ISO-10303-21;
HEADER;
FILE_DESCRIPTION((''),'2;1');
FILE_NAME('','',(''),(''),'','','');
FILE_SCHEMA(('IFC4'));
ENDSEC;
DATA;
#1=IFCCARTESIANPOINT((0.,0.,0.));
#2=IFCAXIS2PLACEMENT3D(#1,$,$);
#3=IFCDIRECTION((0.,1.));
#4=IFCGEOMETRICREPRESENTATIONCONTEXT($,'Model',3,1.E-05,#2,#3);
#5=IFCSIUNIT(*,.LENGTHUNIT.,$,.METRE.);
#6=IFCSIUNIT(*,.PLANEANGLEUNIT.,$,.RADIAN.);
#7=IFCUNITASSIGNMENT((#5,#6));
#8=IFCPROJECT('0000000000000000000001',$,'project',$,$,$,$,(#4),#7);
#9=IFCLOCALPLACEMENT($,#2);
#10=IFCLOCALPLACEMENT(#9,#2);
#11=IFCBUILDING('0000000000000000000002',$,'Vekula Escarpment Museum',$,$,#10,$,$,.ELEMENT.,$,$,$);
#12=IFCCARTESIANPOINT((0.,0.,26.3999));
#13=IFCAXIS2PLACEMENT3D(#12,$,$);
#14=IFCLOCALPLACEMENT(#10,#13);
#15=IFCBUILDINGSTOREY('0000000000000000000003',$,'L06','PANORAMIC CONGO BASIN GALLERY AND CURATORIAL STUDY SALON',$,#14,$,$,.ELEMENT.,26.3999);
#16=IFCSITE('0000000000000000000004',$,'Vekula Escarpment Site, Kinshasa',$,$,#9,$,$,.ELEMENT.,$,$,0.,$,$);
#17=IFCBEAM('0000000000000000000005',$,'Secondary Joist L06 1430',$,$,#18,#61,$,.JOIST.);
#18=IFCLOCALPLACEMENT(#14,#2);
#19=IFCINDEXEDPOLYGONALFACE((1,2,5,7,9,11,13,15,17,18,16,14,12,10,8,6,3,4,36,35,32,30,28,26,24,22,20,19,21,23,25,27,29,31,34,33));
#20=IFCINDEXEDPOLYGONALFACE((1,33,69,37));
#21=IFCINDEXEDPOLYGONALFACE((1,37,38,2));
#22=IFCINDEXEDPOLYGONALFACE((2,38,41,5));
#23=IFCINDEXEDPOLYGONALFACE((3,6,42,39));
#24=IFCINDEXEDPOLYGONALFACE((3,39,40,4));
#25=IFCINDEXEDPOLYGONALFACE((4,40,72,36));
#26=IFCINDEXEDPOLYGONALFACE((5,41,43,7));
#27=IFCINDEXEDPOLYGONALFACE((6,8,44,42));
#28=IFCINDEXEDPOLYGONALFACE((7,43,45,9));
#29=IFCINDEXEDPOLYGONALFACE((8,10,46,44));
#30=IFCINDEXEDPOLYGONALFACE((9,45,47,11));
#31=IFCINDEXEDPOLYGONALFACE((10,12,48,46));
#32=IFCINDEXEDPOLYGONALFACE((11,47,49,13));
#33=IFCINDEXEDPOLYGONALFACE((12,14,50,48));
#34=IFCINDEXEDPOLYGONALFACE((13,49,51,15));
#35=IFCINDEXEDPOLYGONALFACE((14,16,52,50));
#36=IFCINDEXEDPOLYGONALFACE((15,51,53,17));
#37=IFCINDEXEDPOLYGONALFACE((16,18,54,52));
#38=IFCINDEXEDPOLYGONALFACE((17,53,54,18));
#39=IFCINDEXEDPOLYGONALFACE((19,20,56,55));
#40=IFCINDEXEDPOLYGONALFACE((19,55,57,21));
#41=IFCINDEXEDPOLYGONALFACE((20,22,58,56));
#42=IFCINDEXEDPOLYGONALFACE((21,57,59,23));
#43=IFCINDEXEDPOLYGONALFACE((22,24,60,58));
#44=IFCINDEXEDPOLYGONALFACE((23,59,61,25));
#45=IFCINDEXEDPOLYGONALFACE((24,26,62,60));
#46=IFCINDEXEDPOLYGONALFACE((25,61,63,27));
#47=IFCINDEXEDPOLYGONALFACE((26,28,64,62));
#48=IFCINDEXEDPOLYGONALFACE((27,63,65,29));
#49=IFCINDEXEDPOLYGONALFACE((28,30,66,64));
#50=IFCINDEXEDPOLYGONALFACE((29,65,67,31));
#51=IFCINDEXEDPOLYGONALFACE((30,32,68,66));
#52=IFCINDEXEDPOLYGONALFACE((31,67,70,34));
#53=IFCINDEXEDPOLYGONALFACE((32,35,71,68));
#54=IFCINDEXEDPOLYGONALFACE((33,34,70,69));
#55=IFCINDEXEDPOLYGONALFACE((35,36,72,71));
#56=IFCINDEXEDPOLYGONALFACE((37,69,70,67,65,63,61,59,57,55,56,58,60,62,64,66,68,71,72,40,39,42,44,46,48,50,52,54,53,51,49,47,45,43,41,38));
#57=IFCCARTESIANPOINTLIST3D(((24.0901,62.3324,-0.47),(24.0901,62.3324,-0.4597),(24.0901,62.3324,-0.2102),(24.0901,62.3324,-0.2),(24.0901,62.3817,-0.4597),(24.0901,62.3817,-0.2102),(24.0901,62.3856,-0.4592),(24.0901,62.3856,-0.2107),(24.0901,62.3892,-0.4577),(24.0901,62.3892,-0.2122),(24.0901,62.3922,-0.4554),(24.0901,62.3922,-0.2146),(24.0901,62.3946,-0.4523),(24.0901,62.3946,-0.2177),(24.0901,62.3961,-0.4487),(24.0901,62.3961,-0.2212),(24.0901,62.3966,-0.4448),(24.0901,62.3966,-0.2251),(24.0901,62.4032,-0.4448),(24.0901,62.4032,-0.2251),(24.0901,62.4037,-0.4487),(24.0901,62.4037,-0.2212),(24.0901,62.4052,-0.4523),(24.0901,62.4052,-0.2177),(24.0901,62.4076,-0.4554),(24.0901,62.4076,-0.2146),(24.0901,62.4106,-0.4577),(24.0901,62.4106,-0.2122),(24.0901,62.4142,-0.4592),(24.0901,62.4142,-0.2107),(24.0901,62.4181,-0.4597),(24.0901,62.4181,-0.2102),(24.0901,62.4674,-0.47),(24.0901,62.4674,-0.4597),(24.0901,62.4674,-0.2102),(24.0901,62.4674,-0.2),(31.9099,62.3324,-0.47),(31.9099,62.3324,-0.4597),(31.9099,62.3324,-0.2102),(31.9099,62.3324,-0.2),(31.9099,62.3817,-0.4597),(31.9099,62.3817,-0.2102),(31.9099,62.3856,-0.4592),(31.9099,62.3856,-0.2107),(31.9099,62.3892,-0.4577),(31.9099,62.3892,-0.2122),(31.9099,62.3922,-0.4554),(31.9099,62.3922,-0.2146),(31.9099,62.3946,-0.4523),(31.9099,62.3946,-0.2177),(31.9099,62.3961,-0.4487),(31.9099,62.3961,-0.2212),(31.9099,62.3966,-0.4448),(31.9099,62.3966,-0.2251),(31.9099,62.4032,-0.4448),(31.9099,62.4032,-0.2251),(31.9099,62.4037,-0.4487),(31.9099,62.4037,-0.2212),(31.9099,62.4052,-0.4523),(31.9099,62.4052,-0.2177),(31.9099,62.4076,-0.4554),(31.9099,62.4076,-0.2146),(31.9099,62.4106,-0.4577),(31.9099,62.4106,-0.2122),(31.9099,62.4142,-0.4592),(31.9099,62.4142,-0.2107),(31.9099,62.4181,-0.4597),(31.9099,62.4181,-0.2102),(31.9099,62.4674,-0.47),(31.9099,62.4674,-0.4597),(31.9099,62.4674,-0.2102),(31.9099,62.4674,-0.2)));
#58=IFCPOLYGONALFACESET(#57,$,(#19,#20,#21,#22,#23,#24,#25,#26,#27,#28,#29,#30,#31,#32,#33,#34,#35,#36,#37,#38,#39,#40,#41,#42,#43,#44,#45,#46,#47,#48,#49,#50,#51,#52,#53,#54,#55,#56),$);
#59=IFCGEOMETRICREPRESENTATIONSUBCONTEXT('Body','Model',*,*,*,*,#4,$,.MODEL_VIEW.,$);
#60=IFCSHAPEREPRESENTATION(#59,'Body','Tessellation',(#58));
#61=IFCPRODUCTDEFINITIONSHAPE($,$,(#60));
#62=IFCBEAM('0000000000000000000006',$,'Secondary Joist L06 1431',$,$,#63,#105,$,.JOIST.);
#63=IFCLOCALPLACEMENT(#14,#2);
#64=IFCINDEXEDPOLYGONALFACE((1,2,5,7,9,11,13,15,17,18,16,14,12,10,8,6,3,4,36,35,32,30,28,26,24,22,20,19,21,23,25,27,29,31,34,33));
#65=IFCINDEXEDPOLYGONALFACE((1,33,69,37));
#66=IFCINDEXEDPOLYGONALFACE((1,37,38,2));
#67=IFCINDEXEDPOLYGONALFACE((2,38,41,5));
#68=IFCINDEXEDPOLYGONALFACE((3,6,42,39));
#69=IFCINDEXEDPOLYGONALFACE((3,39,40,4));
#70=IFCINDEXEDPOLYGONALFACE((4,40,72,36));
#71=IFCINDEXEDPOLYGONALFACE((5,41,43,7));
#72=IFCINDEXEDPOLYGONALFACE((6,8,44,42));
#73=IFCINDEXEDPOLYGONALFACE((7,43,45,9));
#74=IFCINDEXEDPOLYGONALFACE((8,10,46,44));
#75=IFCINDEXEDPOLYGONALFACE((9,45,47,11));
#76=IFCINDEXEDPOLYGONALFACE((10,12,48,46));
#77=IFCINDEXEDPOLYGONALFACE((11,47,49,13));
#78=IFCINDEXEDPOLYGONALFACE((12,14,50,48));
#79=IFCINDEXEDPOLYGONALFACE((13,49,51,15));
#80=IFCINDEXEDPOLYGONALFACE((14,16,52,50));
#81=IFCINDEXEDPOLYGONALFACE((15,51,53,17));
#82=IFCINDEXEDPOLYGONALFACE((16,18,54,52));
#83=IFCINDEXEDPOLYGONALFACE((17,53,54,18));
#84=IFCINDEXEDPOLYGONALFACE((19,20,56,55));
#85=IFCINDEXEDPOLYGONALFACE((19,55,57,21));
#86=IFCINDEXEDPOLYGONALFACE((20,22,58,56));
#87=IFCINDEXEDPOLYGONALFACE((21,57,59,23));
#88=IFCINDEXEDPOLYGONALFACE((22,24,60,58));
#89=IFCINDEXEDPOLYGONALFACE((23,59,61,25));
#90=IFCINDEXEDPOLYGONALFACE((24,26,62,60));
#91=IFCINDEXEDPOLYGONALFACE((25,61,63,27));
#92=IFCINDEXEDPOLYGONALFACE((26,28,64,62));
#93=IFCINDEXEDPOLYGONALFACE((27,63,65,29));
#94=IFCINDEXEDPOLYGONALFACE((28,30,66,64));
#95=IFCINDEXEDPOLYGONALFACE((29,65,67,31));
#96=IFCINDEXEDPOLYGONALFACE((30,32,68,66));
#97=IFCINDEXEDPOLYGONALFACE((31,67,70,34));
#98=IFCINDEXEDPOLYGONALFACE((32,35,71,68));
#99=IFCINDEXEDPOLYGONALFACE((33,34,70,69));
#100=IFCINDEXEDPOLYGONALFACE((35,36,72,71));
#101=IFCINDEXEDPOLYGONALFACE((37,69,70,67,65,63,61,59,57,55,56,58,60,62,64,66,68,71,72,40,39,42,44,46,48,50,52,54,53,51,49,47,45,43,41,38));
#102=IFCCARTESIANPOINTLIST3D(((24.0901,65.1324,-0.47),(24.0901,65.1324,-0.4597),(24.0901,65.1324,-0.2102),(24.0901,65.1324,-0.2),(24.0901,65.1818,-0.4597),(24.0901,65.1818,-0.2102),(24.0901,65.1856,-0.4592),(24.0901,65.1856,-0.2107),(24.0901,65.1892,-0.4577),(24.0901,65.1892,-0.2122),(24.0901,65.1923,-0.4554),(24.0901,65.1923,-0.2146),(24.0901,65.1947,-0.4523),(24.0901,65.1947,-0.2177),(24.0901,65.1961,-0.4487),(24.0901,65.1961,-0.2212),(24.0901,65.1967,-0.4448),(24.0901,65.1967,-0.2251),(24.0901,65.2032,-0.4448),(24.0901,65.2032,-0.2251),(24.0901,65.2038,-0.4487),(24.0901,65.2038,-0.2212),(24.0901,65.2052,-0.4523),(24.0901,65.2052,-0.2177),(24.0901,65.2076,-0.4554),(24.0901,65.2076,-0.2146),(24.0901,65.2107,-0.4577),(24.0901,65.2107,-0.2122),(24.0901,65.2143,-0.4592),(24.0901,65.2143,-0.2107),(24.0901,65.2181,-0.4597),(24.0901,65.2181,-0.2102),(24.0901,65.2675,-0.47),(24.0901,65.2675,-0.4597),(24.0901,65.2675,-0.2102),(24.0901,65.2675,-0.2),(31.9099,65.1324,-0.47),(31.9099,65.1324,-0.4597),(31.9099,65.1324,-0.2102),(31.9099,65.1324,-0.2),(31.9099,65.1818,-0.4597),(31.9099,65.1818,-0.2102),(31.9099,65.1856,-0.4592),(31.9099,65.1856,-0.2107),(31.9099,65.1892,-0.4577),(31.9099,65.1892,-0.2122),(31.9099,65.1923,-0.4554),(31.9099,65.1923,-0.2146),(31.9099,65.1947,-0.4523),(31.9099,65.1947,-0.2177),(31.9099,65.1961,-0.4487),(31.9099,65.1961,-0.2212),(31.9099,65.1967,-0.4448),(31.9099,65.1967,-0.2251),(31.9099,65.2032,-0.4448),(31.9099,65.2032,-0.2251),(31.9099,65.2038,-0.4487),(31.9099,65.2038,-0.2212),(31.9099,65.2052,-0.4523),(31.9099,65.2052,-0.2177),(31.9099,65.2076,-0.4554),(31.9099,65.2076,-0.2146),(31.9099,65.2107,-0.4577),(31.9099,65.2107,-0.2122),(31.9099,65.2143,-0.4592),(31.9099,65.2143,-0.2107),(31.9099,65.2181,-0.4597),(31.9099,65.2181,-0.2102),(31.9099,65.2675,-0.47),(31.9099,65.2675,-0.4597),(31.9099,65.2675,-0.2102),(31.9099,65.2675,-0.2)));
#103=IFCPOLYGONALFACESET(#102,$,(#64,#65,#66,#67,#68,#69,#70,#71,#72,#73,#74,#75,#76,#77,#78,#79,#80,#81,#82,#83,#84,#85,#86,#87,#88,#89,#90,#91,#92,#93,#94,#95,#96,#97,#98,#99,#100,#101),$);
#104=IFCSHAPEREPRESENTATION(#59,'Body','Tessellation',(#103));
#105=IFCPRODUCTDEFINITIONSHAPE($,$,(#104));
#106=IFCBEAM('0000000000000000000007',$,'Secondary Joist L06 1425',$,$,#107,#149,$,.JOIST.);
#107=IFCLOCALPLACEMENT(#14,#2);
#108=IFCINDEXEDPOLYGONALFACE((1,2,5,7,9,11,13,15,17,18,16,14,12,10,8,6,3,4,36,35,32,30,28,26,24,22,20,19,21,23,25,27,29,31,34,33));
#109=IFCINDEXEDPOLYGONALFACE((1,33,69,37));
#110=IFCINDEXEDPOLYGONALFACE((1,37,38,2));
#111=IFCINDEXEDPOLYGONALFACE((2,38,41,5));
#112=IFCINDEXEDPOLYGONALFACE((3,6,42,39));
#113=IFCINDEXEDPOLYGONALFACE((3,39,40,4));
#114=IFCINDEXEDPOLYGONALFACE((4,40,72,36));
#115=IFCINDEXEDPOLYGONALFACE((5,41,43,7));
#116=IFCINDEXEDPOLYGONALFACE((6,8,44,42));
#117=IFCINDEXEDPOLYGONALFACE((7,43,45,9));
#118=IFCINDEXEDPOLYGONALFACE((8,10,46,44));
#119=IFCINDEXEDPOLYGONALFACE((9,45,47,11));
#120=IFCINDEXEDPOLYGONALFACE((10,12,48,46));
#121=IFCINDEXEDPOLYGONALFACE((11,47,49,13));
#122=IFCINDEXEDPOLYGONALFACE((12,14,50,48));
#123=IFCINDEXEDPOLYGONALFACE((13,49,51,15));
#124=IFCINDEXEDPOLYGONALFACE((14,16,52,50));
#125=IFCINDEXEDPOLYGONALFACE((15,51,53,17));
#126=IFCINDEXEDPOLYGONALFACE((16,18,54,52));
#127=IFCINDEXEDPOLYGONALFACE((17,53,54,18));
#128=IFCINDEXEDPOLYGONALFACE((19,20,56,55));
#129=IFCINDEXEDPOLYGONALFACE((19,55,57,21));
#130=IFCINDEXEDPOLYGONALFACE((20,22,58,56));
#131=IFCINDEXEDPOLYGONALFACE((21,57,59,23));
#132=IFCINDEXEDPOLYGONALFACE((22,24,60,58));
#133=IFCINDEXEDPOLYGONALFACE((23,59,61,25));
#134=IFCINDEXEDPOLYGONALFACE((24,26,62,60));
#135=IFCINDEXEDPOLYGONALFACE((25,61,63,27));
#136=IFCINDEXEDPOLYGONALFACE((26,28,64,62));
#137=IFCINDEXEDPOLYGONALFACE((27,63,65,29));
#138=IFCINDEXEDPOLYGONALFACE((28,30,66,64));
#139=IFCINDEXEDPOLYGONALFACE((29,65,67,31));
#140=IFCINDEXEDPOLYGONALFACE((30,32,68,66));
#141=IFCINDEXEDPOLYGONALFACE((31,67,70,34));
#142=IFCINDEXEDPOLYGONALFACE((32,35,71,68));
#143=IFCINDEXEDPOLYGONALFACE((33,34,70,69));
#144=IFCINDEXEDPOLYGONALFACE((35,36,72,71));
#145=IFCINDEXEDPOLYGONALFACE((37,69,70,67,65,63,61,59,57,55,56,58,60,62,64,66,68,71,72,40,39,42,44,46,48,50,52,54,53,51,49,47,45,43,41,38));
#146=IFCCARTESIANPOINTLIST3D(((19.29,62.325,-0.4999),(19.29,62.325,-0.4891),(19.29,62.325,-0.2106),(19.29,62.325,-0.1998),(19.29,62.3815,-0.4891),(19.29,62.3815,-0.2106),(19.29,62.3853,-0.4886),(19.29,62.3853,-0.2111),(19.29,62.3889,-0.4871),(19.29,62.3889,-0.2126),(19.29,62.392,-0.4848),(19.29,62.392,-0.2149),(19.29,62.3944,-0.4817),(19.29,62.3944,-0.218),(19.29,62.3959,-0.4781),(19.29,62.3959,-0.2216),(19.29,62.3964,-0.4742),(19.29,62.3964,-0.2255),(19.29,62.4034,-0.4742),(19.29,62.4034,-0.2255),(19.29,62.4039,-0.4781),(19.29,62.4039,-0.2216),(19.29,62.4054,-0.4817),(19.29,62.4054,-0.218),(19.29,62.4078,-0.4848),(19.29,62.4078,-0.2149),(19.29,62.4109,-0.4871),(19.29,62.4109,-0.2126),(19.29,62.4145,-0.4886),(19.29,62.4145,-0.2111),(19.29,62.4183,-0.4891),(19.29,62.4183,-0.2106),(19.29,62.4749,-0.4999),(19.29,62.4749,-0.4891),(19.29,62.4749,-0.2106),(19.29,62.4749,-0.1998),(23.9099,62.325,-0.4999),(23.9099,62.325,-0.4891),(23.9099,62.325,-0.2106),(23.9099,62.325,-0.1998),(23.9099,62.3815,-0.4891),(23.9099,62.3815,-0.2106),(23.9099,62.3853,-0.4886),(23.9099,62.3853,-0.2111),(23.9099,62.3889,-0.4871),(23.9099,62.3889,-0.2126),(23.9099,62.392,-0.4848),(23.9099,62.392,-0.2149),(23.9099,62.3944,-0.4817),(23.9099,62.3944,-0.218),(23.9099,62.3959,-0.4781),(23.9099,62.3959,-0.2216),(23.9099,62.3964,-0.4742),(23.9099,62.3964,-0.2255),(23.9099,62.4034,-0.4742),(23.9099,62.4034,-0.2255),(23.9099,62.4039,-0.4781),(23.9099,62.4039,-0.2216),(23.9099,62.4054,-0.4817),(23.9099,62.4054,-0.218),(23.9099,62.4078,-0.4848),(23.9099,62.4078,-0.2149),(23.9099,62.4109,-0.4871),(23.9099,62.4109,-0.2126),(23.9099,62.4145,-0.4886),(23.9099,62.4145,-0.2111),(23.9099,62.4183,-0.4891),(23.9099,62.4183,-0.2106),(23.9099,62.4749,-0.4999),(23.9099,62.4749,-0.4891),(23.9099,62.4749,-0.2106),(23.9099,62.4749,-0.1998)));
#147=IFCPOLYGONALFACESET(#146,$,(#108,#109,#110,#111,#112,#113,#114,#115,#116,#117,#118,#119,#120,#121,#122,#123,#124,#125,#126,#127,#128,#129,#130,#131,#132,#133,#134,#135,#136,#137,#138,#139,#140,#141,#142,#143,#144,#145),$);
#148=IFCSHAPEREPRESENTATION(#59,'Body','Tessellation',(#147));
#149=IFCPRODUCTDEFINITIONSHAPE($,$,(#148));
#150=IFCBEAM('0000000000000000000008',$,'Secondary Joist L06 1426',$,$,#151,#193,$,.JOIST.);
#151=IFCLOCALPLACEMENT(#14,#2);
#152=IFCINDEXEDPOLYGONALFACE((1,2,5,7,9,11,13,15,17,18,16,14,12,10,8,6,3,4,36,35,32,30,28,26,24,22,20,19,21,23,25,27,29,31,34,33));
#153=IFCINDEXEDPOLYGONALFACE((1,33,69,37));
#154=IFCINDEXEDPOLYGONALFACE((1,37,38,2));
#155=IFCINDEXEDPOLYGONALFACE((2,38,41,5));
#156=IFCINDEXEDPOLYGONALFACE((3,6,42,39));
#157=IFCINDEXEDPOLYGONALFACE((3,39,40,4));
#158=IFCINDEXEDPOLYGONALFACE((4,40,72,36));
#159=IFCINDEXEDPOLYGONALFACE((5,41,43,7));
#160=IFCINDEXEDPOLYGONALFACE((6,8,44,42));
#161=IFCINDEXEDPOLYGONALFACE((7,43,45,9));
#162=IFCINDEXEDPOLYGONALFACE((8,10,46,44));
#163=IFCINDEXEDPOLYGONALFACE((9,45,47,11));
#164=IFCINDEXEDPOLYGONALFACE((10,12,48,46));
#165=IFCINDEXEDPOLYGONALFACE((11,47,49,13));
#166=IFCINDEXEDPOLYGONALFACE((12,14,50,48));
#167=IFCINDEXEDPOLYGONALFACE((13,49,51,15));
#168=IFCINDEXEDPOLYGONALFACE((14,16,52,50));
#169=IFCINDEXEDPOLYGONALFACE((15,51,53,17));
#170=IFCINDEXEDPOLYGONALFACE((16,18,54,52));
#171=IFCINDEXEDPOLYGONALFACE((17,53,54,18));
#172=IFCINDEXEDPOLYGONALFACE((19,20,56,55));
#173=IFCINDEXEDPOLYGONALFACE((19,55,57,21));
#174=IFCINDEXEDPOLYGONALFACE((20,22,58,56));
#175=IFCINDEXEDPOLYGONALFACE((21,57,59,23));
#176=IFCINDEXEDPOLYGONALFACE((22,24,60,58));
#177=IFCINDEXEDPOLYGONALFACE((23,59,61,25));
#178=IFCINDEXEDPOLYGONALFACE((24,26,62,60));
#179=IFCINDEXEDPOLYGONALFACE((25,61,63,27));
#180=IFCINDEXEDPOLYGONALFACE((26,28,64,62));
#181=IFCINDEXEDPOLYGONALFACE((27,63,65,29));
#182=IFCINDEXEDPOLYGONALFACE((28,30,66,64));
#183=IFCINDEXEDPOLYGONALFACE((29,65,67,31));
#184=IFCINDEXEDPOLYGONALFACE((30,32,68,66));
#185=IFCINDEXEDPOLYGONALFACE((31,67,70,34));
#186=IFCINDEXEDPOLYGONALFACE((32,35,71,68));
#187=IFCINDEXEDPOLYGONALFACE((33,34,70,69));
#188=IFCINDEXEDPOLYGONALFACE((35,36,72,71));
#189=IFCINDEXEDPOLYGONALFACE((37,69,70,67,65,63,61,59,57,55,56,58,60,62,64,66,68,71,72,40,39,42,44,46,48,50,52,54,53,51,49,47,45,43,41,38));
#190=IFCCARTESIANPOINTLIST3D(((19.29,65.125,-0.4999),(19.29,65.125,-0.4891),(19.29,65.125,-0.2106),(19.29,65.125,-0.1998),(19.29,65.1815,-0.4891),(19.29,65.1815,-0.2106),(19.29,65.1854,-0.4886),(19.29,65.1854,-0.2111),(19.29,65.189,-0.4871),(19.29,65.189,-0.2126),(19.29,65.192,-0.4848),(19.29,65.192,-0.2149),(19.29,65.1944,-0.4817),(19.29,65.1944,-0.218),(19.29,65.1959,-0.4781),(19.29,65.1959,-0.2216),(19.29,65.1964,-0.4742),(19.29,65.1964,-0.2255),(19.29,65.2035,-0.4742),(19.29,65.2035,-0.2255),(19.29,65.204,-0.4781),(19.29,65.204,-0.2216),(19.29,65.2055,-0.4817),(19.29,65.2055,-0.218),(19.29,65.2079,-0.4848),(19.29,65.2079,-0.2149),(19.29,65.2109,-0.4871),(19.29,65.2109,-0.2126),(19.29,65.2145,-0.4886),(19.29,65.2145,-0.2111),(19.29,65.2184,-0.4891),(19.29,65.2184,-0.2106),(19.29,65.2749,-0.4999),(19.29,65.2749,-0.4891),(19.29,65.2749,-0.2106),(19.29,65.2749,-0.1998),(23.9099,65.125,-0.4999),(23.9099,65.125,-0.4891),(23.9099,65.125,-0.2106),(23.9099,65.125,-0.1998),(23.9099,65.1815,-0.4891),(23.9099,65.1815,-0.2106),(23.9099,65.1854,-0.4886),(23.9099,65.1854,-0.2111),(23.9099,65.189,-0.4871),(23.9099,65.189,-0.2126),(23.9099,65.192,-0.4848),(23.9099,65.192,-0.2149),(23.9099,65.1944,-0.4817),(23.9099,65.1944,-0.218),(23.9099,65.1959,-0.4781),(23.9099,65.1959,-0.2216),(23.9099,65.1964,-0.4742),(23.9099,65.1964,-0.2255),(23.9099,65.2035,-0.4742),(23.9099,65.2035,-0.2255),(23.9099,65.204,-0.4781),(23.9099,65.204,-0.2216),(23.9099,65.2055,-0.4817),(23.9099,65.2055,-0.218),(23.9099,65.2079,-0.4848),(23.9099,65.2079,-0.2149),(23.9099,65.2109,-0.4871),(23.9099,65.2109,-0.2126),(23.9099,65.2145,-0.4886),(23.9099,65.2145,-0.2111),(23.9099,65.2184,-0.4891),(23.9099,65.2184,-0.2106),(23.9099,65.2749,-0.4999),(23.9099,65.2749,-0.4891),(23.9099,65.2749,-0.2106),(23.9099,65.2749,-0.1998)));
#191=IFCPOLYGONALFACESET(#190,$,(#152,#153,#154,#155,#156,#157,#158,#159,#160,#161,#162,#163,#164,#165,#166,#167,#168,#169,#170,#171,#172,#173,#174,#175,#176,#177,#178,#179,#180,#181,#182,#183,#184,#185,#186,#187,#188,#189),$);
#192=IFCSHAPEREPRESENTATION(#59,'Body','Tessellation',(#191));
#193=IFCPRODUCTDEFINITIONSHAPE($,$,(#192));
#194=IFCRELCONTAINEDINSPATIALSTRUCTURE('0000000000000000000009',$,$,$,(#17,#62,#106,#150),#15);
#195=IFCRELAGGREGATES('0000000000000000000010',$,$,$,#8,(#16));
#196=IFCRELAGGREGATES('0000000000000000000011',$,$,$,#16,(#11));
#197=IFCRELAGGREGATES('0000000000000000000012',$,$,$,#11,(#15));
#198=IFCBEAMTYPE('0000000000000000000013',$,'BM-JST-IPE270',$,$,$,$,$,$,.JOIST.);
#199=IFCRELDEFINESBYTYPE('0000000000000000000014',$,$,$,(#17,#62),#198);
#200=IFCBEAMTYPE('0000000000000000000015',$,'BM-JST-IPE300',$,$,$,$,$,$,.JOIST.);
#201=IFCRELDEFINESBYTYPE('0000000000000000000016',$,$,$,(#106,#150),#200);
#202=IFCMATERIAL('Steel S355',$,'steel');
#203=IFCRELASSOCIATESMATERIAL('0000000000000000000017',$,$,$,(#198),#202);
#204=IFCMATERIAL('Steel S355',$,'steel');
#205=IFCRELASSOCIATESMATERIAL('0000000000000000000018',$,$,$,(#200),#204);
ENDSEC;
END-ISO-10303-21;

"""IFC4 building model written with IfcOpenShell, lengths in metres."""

from ifc_helpers import new_model, si_unit, direction, frame, origin, origin_2d, place, context, subcontext, project, spatial, i_section, extrude, material, material_profile, profile_set, type_object, element, save


model = new_model("IFC4")

# Units and contexts
model_context = context("Model", 3, precision=1e-05, world=origin(), true_north=direction((0.0, 1.0)))
body_context = subcontext(model_context, "Body", "Model", "MODEL_VIEW")
ifc_project = project(units=[si_unit("LENGTHUNIT", "METRE"), si_unit("PLANEANGLEUNIT", "RADIAN")], contexts=[model_context])

# Site, building, storey
site_placement = place(None, origin())
site = spatial("IfcSite", under=ifc_project, at=site_placement, Name="Vekula Escarpment Site, Kinshasa", CompositionType="ELEMENT", RefElevation=0.0)
building_placement = place(site_placement, origin())
building = spatial("IfcBuilding", under=site, at=building_placement, Name="Vekula Escarpment Museum", CompositionType="ELEMENT")
storey_placement = place(building_placement, frame((0.0, 0.0, 26.3999)))
storey = spatial("IfcBuildingStorey", under=building, at=storey_placement, Name="L06", Description="PANORAMIC CONGO BASIN GALLERY AND CURATORIAL STUDY SALON", CompositionType="ELEMENT", Elevation=26.3999)

# Beams
ifc_material_1 = material(Name="Steel S355", Category="steel")
ifc_material_profile_1 = material_profile(ifc_material_1, i_section(OverallWidth=0.135, OverallDepth=0.27, WebThickness=0.0066, FlangeThickness=0.0103, FilletRadius=0.0149, at=origin_2d()), Name="IPE 270")
ifc_profile_set_1 = profile_set([ifc_material_profile_1], Name="Steel S355")
beam_type_1 = type_object("IfcBeamType", Name="BM-JST-IPE270", PredefinedType="JOIST", material=ifc_profile_set_1)
for number, where, z_axis, x_axis, name in (
    (1, (24.0901, 62.3999, -0.335), (1.0, 0.0, 0.0), (0.0, 1.0, 0.0), "Secondary Joist L06 1430"),
    (2, (24.0901, 65.2, -0.335), (1.0, 0.0, 0.0), (0.0, 1.0, 0.0), "Secondary Joist L06 1431"),
):
    element("IfcBeam", number, at=place(storey_placement, frame(where, z_axis=z_axis, x_axis=x_axis)), inside=storey, type_object=beam_type_1, Name=name, PredefinedType="JOIST", context=body_context, shape_type="SweptSolid", body=[
        extrude(i_section(OverallWidth=0.135, OverallDepth=0.27, WebThickness=0.0066, FlangeThickness=0.0103, FilletRadius=0.0149, at=origin_2d()), origin(), (0.0, 0.0, 1.0), 7.8198),
    ])
ifc_material_2 = material(Name="Steel S355", Category="steel")
ifc_material_profile_2 = material_profile(ifc_material_2, i_section(OverallWidth=0.1499, OverallDepth=0.3, WebThickness=0.0071, FlangeThickness=0.0107, FilletRadius=0.0149, at=origin_2d()), Name="IPE 300")
ifc_profile_set_2 = profile_set([ifc_material_profile_2], Name="Steel S355")
beam_type_2 = type_object("IfcBeamType", Name="BM-JST-IPE300", PredefinedType="JOIST", material=ifc_profile_set_2)
for number, where, z_axis, x_axis, name in (
    (3, (19.29, 62.3999, -0.3499), (1.0, 0.0, 0.0), (0.0, 1.0, 0.0), "Secondary Joist L06 1425"),
    (4, (19.29, 65.2, -0.3499), (1.0, 0.0, 0.0), (0.0, 1.0, 0.0), "Secondary Joist L06 1426"),
):
    element("IfcBeam", number, at=place(storey_placement, frame(where, z_axis=z_axis, x_axis=x_axis)), inside=storey, type_object=beam_type_2, Name=name, PredefinedType="JOIST", context=body_context, shape_type="SweptSolid", body=[
        extrude(i_section(OverallWidth=0.1499, OverallDepth=0.3, WebThickness=0.0071, FlangeThickness=0.0107, FilletRadius=0.0149, at=origin_2d()), origin(), (0.0, 0.0, 1.0), 4.6199),
    ])

save(model, "model.ifc")
